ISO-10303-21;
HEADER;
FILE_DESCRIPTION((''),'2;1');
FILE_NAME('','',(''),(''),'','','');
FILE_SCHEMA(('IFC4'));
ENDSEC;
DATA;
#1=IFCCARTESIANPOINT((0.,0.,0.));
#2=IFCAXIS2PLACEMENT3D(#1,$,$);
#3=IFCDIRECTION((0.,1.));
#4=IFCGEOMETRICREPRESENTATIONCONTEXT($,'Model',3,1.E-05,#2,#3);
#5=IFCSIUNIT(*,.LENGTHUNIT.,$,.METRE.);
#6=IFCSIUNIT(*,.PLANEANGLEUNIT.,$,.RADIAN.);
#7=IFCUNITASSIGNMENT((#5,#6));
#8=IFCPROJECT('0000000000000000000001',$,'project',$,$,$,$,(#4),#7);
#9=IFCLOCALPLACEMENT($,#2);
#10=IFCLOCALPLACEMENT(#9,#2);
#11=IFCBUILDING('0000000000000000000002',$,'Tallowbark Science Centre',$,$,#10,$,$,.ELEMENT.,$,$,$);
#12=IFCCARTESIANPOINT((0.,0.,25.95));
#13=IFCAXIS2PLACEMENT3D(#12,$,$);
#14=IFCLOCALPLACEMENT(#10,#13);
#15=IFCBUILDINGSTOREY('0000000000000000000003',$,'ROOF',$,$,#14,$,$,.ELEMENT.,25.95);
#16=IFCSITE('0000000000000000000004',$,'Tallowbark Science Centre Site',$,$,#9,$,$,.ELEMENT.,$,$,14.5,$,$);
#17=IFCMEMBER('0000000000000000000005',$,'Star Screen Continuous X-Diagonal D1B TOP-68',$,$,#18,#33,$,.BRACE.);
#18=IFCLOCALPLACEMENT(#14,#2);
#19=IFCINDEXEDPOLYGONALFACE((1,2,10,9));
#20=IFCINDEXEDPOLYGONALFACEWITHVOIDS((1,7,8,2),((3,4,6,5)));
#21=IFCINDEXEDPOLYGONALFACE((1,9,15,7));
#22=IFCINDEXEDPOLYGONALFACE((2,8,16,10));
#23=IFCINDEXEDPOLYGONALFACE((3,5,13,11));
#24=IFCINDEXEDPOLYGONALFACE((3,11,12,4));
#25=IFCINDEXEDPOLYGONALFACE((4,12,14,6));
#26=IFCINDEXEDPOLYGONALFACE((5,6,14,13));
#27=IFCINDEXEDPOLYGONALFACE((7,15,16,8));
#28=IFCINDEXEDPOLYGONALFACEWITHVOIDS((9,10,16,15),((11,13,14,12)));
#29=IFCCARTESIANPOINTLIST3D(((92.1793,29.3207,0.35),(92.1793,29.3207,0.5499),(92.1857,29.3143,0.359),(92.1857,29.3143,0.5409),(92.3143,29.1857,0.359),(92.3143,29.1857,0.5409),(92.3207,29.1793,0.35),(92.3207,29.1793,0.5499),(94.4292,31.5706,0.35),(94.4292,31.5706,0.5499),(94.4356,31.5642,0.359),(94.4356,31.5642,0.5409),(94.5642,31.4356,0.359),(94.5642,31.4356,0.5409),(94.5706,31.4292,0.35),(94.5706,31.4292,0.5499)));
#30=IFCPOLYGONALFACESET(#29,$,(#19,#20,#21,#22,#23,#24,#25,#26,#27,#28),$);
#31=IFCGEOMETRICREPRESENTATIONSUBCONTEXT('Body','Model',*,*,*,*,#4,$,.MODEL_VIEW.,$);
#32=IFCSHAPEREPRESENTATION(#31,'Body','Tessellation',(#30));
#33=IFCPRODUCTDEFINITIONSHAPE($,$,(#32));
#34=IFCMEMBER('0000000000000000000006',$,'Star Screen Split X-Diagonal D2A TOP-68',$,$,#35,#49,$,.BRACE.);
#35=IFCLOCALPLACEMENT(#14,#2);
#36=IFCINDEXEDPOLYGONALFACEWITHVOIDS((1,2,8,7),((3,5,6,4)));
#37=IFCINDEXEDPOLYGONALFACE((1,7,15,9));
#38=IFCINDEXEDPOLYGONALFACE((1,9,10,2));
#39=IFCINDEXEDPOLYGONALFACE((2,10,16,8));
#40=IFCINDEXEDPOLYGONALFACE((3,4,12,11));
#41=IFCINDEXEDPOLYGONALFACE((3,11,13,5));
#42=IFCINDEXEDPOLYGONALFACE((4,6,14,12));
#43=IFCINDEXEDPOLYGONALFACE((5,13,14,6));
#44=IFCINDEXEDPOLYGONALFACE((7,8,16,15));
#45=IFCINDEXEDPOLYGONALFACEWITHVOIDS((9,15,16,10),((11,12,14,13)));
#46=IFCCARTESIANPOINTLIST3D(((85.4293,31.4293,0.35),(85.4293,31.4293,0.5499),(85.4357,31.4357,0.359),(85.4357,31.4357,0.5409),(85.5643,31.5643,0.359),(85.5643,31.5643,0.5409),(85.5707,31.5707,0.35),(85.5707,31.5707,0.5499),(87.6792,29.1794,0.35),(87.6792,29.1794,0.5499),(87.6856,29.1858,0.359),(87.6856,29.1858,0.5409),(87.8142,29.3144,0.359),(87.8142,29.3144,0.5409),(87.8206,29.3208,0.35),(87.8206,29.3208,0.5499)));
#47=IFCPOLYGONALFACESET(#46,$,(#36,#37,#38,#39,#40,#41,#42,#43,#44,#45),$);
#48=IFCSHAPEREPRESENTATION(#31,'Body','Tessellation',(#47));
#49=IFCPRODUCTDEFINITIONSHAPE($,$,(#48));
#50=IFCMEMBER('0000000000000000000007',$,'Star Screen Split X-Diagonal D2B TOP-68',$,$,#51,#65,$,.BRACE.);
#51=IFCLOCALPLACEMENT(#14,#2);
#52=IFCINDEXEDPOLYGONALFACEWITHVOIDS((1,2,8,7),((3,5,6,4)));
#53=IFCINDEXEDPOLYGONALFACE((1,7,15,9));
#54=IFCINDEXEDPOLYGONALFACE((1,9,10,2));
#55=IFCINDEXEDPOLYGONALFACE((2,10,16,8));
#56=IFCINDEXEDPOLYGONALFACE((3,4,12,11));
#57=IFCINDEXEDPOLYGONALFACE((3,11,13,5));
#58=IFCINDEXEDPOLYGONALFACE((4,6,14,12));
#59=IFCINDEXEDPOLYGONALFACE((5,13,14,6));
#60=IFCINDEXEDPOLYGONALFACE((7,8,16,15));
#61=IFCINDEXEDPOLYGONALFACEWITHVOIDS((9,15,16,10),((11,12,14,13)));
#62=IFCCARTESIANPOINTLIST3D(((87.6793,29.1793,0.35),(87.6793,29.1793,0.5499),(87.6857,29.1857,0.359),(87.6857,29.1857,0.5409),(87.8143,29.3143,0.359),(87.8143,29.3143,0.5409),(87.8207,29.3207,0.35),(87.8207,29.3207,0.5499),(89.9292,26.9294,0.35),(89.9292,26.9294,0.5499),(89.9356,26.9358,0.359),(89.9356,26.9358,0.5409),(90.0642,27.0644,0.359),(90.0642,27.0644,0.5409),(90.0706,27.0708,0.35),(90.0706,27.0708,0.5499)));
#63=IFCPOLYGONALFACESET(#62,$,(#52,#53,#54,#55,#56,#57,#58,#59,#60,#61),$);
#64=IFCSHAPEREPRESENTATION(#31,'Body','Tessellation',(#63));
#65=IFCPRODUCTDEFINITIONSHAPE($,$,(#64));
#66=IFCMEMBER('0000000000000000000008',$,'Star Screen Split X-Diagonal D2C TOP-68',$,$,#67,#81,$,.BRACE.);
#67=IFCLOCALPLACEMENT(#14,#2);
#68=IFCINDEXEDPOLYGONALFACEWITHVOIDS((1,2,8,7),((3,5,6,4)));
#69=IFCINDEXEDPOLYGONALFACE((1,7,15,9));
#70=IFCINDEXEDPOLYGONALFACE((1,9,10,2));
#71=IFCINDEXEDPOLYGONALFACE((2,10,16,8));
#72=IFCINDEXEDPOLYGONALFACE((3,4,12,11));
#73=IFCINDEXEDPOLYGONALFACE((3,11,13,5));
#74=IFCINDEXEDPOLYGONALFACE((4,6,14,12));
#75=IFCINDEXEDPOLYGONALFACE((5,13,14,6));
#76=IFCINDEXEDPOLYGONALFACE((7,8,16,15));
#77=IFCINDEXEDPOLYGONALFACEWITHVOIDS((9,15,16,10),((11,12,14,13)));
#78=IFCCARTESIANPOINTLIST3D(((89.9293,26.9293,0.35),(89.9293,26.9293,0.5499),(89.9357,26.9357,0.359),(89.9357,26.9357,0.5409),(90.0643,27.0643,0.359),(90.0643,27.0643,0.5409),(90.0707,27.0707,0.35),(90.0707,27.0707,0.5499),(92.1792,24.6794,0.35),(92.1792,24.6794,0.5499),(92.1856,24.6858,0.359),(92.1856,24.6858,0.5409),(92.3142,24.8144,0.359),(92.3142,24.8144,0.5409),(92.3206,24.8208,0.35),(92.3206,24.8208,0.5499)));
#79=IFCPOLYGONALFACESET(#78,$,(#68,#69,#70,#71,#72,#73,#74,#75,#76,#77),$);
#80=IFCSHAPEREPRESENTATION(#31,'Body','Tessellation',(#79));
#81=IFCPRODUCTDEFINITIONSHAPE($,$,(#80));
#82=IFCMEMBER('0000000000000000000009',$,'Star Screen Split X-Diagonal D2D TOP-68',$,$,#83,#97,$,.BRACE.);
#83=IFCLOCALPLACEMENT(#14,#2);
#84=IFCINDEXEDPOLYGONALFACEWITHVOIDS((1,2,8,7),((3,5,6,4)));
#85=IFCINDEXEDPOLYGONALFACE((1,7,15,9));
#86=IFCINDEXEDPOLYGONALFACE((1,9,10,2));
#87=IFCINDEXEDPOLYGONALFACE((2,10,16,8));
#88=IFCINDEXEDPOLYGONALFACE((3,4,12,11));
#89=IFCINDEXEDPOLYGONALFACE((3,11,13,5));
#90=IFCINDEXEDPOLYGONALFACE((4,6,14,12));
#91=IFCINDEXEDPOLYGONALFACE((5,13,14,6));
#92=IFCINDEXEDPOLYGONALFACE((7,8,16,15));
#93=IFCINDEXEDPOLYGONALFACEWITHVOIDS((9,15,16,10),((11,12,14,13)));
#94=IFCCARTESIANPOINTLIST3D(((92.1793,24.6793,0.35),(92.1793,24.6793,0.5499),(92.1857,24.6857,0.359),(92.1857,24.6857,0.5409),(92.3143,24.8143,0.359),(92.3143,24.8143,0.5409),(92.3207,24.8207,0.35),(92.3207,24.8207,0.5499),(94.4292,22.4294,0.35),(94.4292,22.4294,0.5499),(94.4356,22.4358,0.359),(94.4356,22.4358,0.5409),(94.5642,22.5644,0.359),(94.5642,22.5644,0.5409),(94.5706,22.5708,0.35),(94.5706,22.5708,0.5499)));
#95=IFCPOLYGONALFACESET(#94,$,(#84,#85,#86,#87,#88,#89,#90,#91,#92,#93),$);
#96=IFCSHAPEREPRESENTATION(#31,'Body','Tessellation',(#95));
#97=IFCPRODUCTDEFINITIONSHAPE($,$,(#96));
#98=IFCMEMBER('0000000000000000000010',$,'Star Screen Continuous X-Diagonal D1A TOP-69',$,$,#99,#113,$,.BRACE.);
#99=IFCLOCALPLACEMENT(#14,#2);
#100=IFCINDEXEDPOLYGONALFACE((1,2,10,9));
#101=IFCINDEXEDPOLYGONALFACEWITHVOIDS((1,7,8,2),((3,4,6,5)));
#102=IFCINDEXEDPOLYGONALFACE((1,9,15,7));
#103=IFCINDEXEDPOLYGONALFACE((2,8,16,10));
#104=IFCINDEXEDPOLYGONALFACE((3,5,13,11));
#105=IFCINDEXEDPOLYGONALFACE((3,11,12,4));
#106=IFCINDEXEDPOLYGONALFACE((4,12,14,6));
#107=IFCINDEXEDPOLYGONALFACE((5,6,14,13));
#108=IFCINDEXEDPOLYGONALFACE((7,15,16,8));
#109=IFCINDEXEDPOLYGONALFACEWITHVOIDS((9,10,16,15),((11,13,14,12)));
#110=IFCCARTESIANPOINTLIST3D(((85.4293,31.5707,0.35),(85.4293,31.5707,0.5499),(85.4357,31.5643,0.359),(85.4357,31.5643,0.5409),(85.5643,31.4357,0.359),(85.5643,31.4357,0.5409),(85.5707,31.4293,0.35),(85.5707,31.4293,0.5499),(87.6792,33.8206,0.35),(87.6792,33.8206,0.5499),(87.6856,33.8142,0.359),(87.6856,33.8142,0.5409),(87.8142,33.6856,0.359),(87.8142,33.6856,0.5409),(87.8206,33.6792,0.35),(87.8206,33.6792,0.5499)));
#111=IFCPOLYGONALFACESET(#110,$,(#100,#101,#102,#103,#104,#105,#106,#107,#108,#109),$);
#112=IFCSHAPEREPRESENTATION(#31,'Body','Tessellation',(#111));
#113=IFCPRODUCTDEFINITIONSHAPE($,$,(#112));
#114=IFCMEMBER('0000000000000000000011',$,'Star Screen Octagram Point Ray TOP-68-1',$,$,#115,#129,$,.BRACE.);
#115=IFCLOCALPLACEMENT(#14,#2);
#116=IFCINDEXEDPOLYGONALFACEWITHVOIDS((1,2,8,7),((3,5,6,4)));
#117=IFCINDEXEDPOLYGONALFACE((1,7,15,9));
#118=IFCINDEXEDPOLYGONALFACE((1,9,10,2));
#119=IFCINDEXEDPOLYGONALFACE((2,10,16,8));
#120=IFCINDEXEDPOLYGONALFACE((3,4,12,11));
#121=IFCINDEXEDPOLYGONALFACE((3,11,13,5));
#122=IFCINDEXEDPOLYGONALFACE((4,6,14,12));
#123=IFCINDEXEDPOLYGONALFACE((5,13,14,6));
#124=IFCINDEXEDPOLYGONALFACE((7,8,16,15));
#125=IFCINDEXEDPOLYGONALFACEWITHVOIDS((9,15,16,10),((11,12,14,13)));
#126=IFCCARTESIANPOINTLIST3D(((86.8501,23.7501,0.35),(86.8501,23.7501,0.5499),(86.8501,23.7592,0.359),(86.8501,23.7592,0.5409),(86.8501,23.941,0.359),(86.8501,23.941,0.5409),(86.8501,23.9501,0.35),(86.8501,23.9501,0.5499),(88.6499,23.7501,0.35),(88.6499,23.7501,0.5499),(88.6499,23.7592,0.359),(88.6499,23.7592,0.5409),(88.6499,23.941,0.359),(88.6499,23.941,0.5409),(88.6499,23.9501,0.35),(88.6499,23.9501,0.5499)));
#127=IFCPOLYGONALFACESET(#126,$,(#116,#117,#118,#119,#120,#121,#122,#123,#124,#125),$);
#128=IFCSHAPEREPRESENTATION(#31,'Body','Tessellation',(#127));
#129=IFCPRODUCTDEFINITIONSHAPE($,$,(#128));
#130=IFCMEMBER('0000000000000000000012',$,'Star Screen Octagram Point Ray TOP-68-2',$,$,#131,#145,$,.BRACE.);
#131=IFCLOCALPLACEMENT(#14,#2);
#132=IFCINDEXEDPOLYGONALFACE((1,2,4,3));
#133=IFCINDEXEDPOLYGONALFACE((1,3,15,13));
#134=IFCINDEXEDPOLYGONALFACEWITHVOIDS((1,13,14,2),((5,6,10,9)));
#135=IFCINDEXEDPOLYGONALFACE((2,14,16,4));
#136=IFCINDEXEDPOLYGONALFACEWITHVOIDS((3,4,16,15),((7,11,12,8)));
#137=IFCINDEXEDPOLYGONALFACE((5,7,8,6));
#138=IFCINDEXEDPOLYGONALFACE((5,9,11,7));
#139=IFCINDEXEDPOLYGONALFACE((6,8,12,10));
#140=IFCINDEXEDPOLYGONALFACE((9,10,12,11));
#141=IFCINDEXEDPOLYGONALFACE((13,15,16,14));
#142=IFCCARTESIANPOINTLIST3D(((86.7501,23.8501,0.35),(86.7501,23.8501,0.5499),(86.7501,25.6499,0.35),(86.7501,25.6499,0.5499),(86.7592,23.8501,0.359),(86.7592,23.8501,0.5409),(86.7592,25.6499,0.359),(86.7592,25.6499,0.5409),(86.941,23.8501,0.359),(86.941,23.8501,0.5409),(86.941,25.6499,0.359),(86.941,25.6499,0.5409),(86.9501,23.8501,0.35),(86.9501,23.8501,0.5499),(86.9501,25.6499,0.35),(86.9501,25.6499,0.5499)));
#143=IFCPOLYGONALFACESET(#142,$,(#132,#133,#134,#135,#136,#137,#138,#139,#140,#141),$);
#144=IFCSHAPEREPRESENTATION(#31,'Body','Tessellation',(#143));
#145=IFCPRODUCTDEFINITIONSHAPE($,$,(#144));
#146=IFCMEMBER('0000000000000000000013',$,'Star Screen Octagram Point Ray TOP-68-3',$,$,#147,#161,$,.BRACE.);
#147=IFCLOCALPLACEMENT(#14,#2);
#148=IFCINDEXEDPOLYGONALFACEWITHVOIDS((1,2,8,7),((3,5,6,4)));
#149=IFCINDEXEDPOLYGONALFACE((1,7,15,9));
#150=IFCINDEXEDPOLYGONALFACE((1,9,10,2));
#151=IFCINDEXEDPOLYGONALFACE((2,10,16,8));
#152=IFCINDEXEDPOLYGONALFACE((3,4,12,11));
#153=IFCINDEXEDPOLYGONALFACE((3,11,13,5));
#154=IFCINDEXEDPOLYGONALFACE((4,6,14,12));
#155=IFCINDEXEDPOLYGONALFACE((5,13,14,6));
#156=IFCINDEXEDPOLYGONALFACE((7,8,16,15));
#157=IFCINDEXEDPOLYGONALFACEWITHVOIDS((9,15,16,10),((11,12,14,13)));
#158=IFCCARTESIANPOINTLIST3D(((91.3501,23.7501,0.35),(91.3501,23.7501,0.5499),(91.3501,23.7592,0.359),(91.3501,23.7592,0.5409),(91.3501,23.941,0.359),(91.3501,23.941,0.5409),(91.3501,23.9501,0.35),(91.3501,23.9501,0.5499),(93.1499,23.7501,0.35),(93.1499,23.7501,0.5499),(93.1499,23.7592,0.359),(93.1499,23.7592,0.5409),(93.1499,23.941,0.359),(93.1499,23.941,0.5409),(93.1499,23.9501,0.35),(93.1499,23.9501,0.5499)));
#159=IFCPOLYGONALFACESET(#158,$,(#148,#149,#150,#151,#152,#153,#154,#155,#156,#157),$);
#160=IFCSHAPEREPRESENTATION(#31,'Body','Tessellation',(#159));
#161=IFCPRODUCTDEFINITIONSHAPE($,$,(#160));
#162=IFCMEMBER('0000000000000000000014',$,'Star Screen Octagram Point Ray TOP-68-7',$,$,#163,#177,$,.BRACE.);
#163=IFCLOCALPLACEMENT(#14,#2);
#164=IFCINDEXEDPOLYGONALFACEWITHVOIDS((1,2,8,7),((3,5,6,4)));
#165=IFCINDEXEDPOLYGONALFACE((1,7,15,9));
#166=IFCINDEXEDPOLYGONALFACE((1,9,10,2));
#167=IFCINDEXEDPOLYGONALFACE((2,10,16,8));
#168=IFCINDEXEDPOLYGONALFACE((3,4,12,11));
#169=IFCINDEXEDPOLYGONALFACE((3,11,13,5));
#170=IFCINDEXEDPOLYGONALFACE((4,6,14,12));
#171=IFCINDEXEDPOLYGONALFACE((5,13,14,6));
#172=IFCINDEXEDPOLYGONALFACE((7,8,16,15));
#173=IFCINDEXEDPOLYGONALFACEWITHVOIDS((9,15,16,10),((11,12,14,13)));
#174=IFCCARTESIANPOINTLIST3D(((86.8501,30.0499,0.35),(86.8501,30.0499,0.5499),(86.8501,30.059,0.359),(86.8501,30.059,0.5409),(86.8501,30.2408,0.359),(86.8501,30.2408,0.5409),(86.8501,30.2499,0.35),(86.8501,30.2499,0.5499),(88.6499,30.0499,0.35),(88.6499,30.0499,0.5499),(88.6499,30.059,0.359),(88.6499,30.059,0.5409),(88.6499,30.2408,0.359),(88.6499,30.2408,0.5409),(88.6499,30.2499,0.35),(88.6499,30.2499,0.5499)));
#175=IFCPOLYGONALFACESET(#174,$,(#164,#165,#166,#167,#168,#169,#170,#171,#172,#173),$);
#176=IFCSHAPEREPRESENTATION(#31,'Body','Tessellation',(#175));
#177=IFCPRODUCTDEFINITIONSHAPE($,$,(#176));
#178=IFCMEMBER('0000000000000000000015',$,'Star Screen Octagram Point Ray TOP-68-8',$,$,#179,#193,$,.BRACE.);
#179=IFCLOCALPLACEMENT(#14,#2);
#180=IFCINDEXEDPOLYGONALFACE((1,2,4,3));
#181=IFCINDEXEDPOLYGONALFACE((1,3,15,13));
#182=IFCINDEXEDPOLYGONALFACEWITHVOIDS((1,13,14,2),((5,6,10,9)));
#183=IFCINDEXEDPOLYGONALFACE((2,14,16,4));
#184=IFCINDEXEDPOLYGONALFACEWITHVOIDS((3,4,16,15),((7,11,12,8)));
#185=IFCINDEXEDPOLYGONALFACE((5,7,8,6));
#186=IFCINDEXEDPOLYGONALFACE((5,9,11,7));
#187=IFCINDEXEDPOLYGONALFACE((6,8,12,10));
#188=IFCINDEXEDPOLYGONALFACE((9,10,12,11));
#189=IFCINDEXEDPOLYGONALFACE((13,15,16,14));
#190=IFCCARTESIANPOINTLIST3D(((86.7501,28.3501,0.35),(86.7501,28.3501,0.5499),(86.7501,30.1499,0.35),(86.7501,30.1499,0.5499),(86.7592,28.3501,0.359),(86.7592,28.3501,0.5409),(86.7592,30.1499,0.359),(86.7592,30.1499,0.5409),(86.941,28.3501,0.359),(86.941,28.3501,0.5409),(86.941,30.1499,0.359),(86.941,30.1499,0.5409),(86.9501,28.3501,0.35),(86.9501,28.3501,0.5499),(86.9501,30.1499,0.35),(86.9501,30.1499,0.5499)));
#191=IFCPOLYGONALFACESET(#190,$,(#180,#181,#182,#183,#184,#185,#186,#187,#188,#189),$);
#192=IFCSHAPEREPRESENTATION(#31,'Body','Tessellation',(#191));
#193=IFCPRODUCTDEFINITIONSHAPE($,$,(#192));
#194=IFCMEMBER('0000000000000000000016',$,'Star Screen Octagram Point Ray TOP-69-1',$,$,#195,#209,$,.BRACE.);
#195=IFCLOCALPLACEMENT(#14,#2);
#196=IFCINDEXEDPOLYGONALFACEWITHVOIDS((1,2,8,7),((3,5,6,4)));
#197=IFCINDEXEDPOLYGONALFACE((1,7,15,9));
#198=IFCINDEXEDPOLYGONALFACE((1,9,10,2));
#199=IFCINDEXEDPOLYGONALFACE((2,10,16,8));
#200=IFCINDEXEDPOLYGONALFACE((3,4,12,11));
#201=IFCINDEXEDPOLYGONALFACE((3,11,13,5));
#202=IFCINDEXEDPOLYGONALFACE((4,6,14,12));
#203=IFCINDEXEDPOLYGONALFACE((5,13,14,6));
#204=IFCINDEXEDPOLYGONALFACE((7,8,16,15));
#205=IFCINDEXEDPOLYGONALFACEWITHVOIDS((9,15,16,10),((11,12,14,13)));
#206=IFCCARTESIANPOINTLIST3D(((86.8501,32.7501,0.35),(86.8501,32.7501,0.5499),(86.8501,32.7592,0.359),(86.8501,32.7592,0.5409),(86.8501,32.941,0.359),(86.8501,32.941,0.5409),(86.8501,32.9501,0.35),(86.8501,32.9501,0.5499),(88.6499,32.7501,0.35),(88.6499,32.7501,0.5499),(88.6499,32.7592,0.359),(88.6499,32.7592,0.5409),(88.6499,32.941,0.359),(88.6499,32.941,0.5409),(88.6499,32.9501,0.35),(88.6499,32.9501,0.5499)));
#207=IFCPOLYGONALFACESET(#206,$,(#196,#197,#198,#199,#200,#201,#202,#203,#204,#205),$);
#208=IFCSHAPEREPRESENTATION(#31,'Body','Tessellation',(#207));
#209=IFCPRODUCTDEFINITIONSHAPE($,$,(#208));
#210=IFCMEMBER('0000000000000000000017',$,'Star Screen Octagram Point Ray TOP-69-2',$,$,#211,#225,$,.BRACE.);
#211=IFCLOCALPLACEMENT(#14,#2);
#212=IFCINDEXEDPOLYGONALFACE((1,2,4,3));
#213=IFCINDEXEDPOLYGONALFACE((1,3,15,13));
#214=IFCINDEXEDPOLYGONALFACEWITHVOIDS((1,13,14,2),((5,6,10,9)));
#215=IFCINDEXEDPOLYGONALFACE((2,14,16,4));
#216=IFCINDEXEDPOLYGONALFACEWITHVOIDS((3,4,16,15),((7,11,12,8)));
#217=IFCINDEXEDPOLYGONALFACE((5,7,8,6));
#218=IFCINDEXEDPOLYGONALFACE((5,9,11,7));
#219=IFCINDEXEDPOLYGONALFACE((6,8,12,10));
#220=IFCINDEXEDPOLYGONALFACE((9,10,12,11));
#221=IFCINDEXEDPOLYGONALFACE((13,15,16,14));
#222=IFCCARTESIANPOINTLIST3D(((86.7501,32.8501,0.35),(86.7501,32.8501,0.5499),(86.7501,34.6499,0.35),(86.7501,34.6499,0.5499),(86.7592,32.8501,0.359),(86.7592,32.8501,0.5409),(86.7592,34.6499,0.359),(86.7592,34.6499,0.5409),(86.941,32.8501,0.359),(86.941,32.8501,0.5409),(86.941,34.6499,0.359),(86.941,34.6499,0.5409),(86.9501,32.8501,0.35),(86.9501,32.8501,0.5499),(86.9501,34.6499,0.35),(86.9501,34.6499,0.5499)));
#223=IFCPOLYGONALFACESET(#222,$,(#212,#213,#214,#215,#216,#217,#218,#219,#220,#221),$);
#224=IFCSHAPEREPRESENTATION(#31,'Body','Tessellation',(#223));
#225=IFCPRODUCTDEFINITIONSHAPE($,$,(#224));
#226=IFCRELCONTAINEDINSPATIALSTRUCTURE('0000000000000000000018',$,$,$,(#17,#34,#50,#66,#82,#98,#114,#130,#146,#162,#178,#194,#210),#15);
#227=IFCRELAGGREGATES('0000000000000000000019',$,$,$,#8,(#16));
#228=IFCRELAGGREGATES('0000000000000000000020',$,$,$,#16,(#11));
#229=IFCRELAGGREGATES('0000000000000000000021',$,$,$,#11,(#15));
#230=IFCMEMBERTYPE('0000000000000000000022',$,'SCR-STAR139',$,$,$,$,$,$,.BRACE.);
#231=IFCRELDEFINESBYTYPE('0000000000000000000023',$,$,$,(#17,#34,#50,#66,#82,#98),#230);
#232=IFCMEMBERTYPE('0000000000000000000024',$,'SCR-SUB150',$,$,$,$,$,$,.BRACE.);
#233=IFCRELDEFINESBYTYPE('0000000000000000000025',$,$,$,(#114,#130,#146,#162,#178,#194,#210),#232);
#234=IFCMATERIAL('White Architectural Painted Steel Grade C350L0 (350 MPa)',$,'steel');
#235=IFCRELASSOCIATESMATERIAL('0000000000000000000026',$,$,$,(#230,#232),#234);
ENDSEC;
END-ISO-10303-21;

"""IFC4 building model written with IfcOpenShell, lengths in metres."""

from ifc_helpers import new_model, si_unit, direction, frame, origin, origin_2d, place, context, subcontext, project, spatial, hollow_rectangle, extrude, material, material_profile, profile_set, type_object, element, save


model = new_model("IFC4")

# Units and contexts
model_context = context("Model", 3, precision=1e-05, world=origin(), true_north=direction((0.0, 1.0)))
body_context = subcontext(model_context, "Body", "Model", "MODEL_VIEW")
ifc_project = project(units=[si_unit("LENGTHUNIT", "METRE"), si_unit("PLANEANGLEUNIT", "RADIAN")], contexts=[model_context])

# Site, building, storey
site_placement = place(None, origin())
site = spatial("IfcSite", under=ifc_project, at=site_placement, Name="Tallowbark Science Centre Site", CompositionType="ELEMENT", RefElevation=14.5)
building_placement = place(site_placement, origin())
building = spatial("IfcBuilding", under=site, at=building_placement, Name="Tallowbark Science Centre", CompositionType="ELEMENT")
storey_placement = place(building_placement, frame((0.0, 0.0, 25.95)))
storey = spatial("IfcBuildingStorey", under=building, at=storey_placement, Name="ROOF", CompositionType="ELEMENT", Elevation=25.95)

# Members
ifc_material_1 = material(Name="White Architectural Painted Steel Grade C350L0 (350 MPa)", Category="steel")
ifc_material_profile_1 = material_profile(ifc_material_1, hollow_rectangle(XDim=0.2, YDim=0.2, WallThickness=0.009, at=origin_2d()), Name="200x200x9.0SHS")
ifc_profile_set_1 = profile_set([ifc_material_profile_1], Name="White Architectural Painted Steel Grade C350L0 (350 MPa)")
member_type_1 = type_object("IfcMemberType", Name="SCR-STAR139", PredefinedType="BRACE", material=ifc_profile_set_1)
for number, where, z_axis, x_axis, name in (
    (1, (92.25, 29.25, 0.45), (0.707107, 0.707107, 0.0), (-0.707107, 0.707107, 0.0), "Star Screen Continuous X-Diagonal D1B TOP-68"),
    (2, (85.5, 31.5, 0.45), (0.707107, -0.707107, 0.0), (0.707107, 0.707107, 0.0), "Star Screen Split X-Diagonal D2A TOP-68"),
    (3, (87.75, 29.25, 0.45), (0.707107, -0.707107, 0.0), (0.707107, 0.707107, 0.0), "Star Screen Split X-Diagonal D2B TOP-68"),
    (4, (90.0, 27.0, 0.45), (0.707107, -0.707107, 0.0), (0.707107, 0.707107, 0.0), "Star Screen Split X-Diagonal D2C TOP-68"),
    (5, (92.25, 24.75, 0.45), (0.707107, -0.707107, 0.0), (0.707107, 0.707107, 0.0), "Star Screen Split X-Diagonal D2D TOP-68"),
    (6, (85.5, 31.5, 0.45), (0.707107, 0.707107, 0.0), (-0.707107, 0.707107, 0.0), "Star Screen Continuous X-Diagonal D1A TOP-69"),
):
    element("IfcMember", number, at=place(storey_placement, frame(where, z_axis=z_axis, x_axis=x_axis)), inside=storey, type_object=member_type_1, Name=name, PredefinedType="BRACE", context=body_context, shape_type="SweptSolid", body=[
        extrude(hollow_rectangle(XDim=0.2, YDim=0.2, WallThickness=0.009, at=origin_2d()), origin(), (0.0, 0.0, 1.0), 3.1819),
    ])
ifc_material_profile_2 = material_profile(ifc_material_1, hollow_rectangle(XDim=0.2, YDim=0.2, WallThickness=0.009, at=origin_2d()), Name="200x200x9.0SHS")
ifc_profile_set_2 = profile_set([ifc_material_profile_2], Name="White Architectural Painted Steel Grade C350L0 (350 MPa)")
member_type_2 = type_object("IfcMemberType", Name="SCR-SUB150", PredefinedType="BRACE", material=ifc_profile_set_2)
for number, where, z_axis, x_axis, name in (
    (7, (86.8501, 23.8501, 0.45), (1.0, 0.0, 0.0), (0.0, 1.0, 0.0), "Star Screen Octagram Point Ray TOP-68-1"),
    (8, (86.8501, 23.8501, 0.45), (0.0, 1.0, 0.0), (-1.0, 0.0, 0.0), "Star Screen Octagram Point Ray TOP-68-2"),
    (9, (93.1499, 23.8501, 0.45), (-1.0, 0.0, 0.0), (0.0, -1.0, 0.0), "Star Screen Octagram Point Ray TOP-68-3"),
    (10, (86.8501, 30.1499, 0.45), (1.0, 0.0, 0.0), (0.0, 1.0, 0.0), "Star Screen Octagram Point Ray TOP-68-7"),
    (11, (86.8501, 30.1499, 0.45), (0.0, -1.0, 0.0), (1.0, 0.0, 0.0), "Star Screen Octagram Point Ray TOP-68-8"),
    (12, (86.8501, 32.8501, 0.45), (1.0, 0.0, 0.0), (0.0, 1.0, 0.0), "Star Screen Octagram Point Ray TOP-69-1"),
    (13, (86.8501, 32.8501, 0.45), (0.0, 1.0, 0.0), (-1.0, 0.0, 0.0), "Star Screen Octagram Point Ray TOP-69-2"),
):
    element("IfcMember", number, at=place(storey_placement, frame(where, z_axis=z_axis, x_axis=x_axis)), inside=storey, type_object=member_type_2, Name=name, PredefinedType="BRACE", context=body_context, shape_type="SweptSolid", body=[
        extrude(hollow_rectangle(XDim=0.2, YDim=0.2, WallThickness=0.009, at=origin_2d()), origin(), (0.0, 0.0, 1.0), 1.7998),
    ])

save(model, "model.ifc")
